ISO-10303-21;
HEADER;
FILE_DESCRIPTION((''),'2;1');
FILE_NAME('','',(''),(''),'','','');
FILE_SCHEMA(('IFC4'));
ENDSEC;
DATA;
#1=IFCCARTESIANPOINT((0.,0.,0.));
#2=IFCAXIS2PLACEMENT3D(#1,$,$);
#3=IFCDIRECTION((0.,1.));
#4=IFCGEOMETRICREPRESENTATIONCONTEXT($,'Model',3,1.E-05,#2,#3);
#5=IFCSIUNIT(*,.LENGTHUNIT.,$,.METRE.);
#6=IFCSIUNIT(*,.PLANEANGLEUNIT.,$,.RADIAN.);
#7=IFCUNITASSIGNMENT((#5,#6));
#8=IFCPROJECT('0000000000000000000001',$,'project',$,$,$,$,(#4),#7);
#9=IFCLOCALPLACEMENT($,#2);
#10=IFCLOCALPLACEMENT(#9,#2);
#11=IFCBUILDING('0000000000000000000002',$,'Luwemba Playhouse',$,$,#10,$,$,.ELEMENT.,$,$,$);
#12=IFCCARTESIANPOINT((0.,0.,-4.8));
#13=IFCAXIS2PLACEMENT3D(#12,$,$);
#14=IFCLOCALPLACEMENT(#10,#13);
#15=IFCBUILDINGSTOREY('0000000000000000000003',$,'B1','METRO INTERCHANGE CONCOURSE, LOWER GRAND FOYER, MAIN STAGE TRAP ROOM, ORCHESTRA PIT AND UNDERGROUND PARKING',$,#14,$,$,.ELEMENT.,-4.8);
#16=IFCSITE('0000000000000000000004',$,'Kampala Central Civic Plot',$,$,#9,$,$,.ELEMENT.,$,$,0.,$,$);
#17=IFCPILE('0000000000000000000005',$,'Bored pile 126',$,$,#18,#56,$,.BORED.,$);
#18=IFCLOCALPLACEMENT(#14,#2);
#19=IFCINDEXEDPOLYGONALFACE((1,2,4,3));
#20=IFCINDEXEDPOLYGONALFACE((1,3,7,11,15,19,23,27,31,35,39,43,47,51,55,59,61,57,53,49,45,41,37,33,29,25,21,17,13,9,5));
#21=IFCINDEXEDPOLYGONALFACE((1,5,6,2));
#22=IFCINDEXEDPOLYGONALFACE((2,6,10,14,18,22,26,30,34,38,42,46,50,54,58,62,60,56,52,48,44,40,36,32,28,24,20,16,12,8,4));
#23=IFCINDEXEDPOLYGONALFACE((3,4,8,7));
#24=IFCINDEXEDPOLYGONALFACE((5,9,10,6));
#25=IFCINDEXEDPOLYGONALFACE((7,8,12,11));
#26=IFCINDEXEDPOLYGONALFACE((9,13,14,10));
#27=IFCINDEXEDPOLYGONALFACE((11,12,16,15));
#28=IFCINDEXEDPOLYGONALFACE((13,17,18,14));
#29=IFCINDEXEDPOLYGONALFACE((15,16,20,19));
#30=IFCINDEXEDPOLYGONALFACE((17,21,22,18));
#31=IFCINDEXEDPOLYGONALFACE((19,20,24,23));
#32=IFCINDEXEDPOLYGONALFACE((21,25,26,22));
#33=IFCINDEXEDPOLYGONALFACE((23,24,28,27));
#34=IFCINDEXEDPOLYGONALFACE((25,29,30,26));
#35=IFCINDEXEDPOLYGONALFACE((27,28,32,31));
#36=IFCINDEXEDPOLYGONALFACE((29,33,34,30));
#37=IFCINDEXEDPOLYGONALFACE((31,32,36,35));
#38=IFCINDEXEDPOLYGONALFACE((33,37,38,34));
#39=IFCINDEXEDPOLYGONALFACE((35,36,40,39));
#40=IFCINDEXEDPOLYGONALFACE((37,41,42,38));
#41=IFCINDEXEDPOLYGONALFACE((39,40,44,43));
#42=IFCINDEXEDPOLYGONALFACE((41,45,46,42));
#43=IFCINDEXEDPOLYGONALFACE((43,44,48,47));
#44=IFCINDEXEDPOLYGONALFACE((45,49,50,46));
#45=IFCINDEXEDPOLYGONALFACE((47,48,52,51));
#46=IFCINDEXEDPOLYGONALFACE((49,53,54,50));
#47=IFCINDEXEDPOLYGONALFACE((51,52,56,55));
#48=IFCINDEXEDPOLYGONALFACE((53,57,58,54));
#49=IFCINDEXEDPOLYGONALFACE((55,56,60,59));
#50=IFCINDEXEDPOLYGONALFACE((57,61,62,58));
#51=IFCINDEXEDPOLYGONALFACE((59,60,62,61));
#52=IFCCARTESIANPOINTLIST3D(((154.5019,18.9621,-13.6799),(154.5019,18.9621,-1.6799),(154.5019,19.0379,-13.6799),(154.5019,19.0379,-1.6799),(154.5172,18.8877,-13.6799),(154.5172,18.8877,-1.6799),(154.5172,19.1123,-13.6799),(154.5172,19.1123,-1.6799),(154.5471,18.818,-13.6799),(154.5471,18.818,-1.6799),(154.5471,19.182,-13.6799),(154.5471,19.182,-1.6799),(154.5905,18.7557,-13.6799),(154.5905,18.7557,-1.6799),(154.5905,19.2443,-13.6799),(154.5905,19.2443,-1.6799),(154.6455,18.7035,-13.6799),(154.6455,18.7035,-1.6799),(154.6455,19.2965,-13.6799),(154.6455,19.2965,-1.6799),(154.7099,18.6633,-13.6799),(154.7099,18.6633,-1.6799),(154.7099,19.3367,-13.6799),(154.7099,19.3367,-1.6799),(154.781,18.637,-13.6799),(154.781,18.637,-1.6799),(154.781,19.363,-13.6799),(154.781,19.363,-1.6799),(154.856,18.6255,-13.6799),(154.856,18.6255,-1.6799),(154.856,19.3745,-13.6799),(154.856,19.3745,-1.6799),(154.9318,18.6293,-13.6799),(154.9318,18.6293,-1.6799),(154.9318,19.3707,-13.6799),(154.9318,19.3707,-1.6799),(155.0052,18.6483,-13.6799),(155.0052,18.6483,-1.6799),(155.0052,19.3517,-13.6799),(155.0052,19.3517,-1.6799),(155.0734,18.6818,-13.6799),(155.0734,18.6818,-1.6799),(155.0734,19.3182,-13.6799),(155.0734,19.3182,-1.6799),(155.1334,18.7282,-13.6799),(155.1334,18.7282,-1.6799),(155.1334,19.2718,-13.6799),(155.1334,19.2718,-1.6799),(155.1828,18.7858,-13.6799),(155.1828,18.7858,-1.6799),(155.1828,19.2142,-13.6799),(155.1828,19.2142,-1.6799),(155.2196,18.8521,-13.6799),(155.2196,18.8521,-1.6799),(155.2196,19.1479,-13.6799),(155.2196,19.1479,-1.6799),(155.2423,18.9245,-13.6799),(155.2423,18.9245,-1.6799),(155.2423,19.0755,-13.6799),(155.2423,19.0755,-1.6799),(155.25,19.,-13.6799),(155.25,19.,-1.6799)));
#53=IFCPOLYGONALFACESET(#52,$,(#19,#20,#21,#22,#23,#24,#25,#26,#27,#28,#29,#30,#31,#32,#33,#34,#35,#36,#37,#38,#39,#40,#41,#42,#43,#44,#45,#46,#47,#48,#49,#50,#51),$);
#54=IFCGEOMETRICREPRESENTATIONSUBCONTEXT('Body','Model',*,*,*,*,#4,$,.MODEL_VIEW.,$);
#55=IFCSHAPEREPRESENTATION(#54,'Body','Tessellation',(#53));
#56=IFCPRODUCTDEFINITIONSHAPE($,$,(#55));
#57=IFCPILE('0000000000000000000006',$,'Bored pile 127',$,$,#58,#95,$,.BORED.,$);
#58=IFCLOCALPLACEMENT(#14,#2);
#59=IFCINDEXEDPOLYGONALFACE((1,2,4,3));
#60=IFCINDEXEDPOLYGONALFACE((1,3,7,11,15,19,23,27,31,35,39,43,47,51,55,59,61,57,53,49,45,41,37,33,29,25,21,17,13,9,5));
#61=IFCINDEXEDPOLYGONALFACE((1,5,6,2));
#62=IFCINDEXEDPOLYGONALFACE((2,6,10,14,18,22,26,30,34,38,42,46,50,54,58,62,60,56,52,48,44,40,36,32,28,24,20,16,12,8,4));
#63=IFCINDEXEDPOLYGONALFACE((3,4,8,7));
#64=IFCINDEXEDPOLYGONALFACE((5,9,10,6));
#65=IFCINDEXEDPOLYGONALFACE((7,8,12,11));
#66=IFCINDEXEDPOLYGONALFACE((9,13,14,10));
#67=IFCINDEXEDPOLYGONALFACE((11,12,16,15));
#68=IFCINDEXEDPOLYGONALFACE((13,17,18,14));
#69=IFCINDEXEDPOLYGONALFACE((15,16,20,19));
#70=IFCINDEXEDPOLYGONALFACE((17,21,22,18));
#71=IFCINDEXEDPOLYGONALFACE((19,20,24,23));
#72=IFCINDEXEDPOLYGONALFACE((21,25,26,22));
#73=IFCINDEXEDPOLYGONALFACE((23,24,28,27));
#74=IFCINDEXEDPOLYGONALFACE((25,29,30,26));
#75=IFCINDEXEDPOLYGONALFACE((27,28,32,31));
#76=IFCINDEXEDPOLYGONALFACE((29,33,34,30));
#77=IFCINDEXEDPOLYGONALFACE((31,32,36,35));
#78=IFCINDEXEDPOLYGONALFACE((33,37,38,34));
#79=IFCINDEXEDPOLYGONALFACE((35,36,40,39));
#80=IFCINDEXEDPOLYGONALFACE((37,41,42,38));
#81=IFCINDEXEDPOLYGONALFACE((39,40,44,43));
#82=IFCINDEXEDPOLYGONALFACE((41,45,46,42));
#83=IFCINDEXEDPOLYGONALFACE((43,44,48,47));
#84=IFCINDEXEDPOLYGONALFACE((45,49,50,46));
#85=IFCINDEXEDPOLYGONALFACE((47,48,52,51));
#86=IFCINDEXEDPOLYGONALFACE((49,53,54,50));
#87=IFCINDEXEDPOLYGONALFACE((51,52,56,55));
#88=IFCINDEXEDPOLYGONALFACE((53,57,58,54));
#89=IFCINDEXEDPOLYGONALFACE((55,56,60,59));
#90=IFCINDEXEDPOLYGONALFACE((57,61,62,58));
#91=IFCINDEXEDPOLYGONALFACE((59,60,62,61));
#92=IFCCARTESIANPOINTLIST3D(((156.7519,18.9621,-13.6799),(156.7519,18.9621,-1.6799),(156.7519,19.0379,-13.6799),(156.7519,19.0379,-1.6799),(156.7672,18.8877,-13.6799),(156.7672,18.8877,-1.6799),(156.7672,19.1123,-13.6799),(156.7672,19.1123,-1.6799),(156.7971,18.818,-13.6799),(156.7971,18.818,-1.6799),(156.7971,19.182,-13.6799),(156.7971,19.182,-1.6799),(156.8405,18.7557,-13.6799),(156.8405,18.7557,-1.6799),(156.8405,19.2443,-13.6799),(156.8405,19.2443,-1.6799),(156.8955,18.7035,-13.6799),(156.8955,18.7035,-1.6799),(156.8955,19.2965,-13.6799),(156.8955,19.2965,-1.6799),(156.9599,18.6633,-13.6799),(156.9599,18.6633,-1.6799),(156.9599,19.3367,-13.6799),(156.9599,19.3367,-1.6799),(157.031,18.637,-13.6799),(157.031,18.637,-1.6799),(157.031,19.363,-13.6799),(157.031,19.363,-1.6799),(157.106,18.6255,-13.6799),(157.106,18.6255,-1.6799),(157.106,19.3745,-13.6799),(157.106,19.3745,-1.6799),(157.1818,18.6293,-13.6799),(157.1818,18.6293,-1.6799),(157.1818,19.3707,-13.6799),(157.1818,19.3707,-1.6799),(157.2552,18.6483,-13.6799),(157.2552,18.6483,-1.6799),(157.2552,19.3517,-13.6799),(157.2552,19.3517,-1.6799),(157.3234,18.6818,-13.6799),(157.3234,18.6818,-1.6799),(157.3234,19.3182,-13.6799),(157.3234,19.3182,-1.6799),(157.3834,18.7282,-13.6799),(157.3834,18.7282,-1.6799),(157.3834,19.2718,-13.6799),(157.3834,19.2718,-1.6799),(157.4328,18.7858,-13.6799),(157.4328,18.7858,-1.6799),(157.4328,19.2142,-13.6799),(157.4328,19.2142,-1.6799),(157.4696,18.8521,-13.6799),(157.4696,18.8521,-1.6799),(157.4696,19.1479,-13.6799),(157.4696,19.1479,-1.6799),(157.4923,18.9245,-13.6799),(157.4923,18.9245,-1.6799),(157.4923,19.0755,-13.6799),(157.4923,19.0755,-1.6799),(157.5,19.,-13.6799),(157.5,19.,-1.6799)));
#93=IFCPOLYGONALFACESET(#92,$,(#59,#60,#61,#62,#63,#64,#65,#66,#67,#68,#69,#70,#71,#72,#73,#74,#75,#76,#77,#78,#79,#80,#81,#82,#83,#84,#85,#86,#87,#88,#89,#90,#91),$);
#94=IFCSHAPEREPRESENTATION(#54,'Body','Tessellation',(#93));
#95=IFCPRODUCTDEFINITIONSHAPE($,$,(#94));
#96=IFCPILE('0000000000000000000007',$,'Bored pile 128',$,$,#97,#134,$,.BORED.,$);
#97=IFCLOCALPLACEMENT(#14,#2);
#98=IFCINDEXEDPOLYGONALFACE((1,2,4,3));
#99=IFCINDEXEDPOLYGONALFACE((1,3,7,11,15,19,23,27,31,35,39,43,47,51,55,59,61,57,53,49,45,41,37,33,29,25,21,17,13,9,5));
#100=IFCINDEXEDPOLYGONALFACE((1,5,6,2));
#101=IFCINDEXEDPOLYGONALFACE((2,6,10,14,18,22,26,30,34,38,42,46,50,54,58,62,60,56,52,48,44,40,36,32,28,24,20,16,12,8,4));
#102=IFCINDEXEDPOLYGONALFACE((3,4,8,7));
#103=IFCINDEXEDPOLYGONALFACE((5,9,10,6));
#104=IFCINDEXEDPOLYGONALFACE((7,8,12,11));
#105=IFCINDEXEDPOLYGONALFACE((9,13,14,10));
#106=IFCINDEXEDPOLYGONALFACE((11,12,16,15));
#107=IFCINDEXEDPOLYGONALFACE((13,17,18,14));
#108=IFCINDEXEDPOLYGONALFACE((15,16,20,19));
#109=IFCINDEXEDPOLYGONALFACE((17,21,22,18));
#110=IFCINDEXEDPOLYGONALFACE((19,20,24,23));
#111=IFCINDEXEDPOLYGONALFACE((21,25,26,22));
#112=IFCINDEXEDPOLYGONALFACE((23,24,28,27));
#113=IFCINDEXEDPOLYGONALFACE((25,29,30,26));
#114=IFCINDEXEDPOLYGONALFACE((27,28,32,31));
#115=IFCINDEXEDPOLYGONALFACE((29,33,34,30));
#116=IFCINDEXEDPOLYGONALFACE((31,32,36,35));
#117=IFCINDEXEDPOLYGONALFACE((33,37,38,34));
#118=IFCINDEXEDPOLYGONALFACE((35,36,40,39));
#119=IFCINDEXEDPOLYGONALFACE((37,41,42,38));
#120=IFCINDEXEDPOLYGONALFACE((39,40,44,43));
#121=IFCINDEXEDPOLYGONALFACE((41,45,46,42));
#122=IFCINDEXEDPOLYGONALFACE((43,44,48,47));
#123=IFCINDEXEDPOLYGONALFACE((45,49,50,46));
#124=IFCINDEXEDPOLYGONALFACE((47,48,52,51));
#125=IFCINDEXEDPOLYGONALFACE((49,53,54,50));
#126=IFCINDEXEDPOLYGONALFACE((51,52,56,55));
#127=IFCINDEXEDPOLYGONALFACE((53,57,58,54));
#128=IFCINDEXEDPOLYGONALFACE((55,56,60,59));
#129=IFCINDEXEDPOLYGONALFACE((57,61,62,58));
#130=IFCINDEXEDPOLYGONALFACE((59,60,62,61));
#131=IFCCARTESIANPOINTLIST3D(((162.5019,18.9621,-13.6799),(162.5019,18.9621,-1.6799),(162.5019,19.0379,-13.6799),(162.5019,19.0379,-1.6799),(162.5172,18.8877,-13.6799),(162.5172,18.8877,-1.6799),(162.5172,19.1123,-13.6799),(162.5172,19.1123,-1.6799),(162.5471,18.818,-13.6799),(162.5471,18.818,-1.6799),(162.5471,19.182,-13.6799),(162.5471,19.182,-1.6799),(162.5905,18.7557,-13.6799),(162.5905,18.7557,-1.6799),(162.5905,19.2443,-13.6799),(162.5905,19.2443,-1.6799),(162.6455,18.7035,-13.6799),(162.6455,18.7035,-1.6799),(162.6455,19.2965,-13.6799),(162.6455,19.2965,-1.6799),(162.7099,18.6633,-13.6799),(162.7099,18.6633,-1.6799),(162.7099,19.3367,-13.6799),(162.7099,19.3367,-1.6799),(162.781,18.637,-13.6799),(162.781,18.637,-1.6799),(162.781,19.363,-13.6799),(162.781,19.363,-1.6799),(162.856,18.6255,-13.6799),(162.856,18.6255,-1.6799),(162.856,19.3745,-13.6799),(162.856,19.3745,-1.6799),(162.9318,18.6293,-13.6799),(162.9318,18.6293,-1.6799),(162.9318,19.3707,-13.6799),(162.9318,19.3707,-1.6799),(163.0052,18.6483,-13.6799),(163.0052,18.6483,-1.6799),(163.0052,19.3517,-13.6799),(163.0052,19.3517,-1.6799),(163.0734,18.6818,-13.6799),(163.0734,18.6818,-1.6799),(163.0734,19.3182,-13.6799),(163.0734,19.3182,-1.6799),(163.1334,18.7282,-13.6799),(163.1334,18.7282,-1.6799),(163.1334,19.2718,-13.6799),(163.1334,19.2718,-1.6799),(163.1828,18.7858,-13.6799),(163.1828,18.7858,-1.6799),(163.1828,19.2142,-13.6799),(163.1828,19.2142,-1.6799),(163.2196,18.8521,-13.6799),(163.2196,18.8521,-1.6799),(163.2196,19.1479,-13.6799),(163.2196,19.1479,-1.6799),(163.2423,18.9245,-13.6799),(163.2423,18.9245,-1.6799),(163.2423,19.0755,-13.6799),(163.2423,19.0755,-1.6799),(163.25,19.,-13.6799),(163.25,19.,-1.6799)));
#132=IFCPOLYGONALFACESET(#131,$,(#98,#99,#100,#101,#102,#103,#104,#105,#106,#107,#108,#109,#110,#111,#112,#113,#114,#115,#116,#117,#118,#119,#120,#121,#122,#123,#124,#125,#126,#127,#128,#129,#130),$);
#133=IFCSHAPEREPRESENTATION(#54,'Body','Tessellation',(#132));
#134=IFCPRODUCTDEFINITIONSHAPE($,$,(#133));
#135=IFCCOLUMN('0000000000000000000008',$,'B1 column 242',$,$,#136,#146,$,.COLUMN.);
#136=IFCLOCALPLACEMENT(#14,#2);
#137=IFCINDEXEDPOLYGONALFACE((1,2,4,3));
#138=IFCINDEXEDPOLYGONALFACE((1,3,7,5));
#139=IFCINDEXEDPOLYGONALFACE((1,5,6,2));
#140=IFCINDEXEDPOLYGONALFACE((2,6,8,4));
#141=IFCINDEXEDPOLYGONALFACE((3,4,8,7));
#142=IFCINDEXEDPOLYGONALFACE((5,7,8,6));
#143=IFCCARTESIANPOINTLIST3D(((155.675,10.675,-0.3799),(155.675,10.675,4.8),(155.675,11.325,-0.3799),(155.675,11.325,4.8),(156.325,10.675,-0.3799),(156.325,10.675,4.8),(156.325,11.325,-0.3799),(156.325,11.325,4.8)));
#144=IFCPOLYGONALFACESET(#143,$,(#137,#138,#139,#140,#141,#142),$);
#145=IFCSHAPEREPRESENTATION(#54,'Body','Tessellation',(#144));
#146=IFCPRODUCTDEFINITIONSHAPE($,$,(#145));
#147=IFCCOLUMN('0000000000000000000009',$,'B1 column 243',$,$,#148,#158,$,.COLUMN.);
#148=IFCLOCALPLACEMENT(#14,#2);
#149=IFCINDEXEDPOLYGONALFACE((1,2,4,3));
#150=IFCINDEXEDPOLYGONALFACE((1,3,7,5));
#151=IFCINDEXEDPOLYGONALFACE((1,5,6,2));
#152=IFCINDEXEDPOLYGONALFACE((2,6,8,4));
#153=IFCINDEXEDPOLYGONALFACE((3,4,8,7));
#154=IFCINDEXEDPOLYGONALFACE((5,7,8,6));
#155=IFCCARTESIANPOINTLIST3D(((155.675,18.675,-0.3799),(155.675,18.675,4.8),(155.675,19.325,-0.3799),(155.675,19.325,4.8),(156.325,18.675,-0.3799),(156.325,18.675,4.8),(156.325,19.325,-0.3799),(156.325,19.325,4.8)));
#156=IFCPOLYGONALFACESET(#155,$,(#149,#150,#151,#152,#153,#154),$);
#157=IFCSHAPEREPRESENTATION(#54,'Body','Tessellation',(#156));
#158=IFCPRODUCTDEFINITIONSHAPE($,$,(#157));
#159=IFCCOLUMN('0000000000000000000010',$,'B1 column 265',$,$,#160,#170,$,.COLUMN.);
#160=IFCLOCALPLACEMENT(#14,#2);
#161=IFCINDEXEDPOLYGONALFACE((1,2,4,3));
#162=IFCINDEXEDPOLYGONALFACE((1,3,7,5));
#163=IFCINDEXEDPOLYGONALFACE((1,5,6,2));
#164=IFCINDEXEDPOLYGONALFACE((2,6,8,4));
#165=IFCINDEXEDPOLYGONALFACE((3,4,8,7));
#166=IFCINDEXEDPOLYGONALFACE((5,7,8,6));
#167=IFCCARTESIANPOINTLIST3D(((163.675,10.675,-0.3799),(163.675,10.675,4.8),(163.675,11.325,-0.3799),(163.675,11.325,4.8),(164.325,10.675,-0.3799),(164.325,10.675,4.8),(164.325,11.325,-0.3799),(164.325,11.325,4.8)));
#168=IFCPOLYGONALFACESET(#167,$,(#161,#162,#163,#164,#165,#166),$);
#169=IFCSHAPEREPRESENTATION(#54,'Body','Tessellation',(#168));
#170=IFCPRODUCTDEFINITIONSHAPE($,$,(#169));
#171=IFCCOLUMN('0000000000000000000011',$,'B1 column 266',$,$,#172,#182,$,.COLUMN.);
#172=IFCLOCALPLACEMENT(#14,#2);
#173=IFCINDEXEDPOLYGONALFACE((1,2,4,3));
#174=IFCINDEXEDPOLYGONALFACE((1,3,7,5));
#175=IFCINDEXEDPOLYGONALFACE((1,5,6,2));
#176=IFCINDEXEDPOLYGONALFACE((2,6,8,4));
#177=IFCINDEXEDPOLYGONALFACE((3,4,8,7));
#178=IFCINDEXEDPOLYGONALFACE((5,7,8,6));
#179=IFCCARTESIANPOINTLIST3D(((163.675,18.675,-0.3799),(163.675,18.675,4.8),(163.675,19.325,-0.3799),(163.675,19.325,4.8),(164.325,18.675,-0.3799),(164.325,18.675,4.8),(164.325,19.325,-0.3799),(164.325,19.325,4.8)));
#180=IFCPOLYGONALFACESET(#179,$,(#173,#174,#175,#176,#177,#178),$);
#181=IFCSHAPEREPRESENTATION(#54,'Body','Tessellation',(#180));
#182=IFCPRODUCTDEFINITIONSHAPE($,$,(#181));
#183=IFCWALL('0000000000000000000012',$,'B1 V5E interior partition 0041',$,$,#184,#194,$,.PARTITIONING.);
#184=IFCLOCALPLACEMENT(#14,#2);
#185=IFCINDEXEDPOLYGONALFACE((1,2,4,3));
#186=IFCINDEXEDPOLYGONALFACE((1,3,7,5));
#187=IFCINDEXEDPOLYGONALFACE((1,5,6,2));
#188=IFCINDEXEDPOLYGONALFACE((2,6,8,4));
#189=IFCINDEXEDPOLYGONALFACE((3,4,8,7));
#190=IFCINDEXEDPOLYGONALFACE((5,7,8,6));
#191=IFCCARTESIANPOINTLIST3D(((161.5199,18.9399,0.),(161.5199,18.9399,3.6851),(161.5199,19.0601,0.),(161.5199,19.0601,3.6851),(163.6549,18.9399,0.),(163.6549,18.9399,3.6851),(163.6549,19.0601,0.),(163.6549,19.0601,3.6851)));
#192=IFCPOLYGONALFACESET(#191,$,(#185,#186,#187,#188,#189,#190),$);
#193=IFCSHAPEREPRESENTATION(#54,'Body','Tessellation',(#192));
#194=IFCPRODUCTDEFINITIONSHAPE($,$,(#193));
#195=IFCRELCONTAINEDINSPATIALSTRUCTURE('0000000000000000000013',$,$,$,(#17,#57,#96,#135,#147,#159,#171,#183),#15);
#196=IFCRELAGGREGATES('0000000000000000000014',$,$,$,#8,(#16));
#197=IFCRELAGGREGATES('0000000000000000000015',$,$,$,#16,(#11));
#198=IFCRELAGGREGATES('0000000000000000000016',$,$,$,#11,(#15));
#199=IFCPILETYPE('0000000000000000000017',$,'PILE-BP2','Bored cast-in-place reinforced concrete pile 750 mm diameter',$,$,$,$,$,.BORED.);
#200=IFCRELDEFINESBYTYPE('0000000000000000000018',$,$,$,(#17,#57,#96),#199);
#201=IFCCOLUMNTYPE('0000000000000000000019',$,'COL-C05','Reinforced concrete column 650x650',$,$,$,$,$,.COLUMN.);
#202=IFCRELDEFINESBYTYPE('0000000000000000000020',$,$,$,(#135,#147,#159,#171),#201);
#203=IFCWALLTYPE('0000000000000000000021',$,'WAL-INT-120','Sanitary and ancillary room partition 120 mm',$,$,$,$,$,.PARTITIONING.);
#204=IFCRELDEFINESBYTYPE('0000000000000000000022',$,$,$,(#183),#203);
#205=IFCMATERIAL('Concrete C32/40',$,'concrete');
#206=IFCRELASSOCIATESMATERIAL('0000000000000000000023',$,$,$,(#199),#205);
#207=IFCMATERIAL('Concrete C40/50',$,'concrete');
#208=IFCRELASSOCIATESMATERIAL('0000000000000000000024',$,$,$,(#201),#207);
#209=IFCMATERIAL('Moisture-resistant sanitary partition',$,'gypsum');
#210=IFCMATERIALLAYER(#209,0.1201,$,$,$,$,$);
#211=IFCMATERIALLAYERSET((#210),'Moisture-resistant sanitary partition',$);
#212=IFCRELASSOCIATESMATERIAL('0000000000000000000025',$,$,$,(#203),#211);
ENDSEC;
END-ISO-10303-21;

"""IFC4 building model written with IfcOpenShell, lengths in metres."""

from ifc_helpers import new_model, si_unit, direction, frame, frame_2d, origin, origin_2d, place, context, subcontext, project, spatial, rectangle, circle, extrude, material, layer, layer_set, material_profile, profile_set, type_object, element, save


model = new_model("IFC4")

# Units and contexts
model_context = context("Model", 3, precision=1e-05, world=origin(), true_north=direction((0.0, 1.0)))
body_context = subcontext(model_context, "Body", "Model", "MODEL_VIEW")
ifc_project = project(units=[si_unit("LENGTHUNIT", "METRE"), si_unit("PLANEANGLEUNIT", "RADIAN")], contexts=[model_context])

# Site, building, storey
site_placement = place(None, origin())
site = spatial("IfcSite", under=ifc_project, at=site_placement, Name="Kampala Central Civic Plot", CompositionType="ELEMENT", RefElevation=0.0)
building_placement = place(site_placement, origin())
building = spatial("IfcBuilding", under=site, at=building_placement, Name="Luwemba Playhouse", CompositionType="ELEMENT")
storey_placement = place(building_placement, frame((0.0, 0.0, -4.8)))
storey = spatial("IfcBuildingStorey", under=building, at=storey_placement, Name="B1", Description="METRO INTERCHANGE CONCOURSE, LOWER GRAND FOYER, MAIN STAGE TRAP ROOM, ORCHESTRA PIT AND UNDERGROUND PARKING", CompositionType="ELEMENT", Elevation=-4.8)

# Shared definitions
ifc_material_1 = material(Name="Concrete C32/40", Category="concrete")

# Piles
ifc_material_profile_1 = material_profile(ifc_material_1, circle(Radius=0.375, at=origin_2d()))
ifc_profile_set_1 = profile_set([ifc_material_profile_1], Name="Concrete C32/40")
pile_type = type_object("IfcPileType", Name="PILE-BP2", Description="Bored cast-in-place reinforced concrete pile 750 mm diameter", PredefinedType="BORED", material=ifc_profile_set_1)
for number, where, z_axis, x_axis, name in (
    (1, (154.875, 19.0, -1.6799), (0.0, 0.0, -1.0), (1.0, 0.0, 0.0), "Bored pile 126"),
    (2, (157.125, 19.0, -1.6799), (0.0, 0.0, -1.0), (1.0, 0.0, 0.0), "Bored pile 127"),
    (3, (162.875, 19.0, -1.6799), (0.0, 0.0, -1.0), (1.0, 0.0, 0.0), "Bored pile 128"),
):
    element("IfcPile", number, at=place(storey_placement, frame(where, z_axis=z_axis, x_axis=x_axis)), inside=storey, type_object=pile_type, Name=name, PredefinedType="BORED", context=body_context, shape_type="SweptSolid", body=[
        extrude(circle(Radius=0.375, at=origin_2d()), origin(), (0.0, 0.0, 1.0), 12.0),
    ])

# Columns
ifc_material_2 = material(Name="Concrete C40/50", Category="concrete")
ifc_material_profile_2 = material_profile(ifc_material_2, rectangle(XDim=0.6499, YDim=0.6499, at=origin_2d()))
ifc_profile_set_2 = profile_set([ifc_material_profile_2], Name="Concrete C40/50")
column_type = type_object("IfcColumnType", Name="COL-C05", Description="Reinforced concrete column 650x650", PredefinedType="COLUMN", material=ifc_profile_set_2)
for number, where, z_axis, x_axis, name in (
    (4, (156.0, 11.0, -0.3799), (0.0, 0.0, 1.0), (1.0, 0.0, 0.0), "B1 column 242"),
    (5, (156.0, 19.0, -0.3799), (0.0, 0.0, 1.0), (1.0, 0.0, 0.0), "B1 column 243"),
    (6, (164.0, 11.0, -0.3799), (0.0, 0.0, 1.0), (1.0, 0.0, 0.0), "B1 column 265"),
    (7, (164.0, 19.0, -0.3799), (0.0, 0.0, 1.0), (1.0, 0.0, 0.0), "B1 column 266"),
):
    element("IfcColumn", number, at=place(storey_placement, frame(where, z_axis=z_axis, x_axis=x_axis)), inside=storey, type_object=column_type, Name=name, PredefinedType="COLUMN", context=body_context, shape_type="SweptSolid", body=[
        extrude(rectangle(XDim=0.6499, YDim=0.6499, at=origin_2d()), origin(), (0.0, 0.0, 1.0), 5.1799),
    ])

# Wall
ifc_material_3 = material(Name="Moisture-resistant sanitary partition", Category="gypsum")
ifc_layer = layer(ifc_material_3, 0.1201)
ifc_layer_set = layer_set([ifc_layer], Name="Moisture-resistant sanitary partition")
wall_type = type_object("IfcWallType", Name="WAL-INT-120", Description="Sanitary and ancillary room partition 120 mm", PredefinedType="PARTITIONING", material=ifc_layer_set)
wall_1_placement = place(storey_placement, frame((161.52, 19.0, 0.0), z_axis=(0.0, 0.0, 1.0), x_axis=(1.0, 0.0, 0.0)))
element("IfcWall", 8, at=wall_1_placement, inside=storey, type_object=wall_type, Name="B1 V5E interior partition 0041", PredefinedType="PARTITIONING", context=body_context, shape_type="SweptSolid", body=[
    extrude(rectangle(XDim=2.135, YDim=0.1201, at=frame_2d((1.0674, 0.0))), origin(), (0.0, 0.0, 1.0), 3.6851),
])

save(model, "model.ifc")
